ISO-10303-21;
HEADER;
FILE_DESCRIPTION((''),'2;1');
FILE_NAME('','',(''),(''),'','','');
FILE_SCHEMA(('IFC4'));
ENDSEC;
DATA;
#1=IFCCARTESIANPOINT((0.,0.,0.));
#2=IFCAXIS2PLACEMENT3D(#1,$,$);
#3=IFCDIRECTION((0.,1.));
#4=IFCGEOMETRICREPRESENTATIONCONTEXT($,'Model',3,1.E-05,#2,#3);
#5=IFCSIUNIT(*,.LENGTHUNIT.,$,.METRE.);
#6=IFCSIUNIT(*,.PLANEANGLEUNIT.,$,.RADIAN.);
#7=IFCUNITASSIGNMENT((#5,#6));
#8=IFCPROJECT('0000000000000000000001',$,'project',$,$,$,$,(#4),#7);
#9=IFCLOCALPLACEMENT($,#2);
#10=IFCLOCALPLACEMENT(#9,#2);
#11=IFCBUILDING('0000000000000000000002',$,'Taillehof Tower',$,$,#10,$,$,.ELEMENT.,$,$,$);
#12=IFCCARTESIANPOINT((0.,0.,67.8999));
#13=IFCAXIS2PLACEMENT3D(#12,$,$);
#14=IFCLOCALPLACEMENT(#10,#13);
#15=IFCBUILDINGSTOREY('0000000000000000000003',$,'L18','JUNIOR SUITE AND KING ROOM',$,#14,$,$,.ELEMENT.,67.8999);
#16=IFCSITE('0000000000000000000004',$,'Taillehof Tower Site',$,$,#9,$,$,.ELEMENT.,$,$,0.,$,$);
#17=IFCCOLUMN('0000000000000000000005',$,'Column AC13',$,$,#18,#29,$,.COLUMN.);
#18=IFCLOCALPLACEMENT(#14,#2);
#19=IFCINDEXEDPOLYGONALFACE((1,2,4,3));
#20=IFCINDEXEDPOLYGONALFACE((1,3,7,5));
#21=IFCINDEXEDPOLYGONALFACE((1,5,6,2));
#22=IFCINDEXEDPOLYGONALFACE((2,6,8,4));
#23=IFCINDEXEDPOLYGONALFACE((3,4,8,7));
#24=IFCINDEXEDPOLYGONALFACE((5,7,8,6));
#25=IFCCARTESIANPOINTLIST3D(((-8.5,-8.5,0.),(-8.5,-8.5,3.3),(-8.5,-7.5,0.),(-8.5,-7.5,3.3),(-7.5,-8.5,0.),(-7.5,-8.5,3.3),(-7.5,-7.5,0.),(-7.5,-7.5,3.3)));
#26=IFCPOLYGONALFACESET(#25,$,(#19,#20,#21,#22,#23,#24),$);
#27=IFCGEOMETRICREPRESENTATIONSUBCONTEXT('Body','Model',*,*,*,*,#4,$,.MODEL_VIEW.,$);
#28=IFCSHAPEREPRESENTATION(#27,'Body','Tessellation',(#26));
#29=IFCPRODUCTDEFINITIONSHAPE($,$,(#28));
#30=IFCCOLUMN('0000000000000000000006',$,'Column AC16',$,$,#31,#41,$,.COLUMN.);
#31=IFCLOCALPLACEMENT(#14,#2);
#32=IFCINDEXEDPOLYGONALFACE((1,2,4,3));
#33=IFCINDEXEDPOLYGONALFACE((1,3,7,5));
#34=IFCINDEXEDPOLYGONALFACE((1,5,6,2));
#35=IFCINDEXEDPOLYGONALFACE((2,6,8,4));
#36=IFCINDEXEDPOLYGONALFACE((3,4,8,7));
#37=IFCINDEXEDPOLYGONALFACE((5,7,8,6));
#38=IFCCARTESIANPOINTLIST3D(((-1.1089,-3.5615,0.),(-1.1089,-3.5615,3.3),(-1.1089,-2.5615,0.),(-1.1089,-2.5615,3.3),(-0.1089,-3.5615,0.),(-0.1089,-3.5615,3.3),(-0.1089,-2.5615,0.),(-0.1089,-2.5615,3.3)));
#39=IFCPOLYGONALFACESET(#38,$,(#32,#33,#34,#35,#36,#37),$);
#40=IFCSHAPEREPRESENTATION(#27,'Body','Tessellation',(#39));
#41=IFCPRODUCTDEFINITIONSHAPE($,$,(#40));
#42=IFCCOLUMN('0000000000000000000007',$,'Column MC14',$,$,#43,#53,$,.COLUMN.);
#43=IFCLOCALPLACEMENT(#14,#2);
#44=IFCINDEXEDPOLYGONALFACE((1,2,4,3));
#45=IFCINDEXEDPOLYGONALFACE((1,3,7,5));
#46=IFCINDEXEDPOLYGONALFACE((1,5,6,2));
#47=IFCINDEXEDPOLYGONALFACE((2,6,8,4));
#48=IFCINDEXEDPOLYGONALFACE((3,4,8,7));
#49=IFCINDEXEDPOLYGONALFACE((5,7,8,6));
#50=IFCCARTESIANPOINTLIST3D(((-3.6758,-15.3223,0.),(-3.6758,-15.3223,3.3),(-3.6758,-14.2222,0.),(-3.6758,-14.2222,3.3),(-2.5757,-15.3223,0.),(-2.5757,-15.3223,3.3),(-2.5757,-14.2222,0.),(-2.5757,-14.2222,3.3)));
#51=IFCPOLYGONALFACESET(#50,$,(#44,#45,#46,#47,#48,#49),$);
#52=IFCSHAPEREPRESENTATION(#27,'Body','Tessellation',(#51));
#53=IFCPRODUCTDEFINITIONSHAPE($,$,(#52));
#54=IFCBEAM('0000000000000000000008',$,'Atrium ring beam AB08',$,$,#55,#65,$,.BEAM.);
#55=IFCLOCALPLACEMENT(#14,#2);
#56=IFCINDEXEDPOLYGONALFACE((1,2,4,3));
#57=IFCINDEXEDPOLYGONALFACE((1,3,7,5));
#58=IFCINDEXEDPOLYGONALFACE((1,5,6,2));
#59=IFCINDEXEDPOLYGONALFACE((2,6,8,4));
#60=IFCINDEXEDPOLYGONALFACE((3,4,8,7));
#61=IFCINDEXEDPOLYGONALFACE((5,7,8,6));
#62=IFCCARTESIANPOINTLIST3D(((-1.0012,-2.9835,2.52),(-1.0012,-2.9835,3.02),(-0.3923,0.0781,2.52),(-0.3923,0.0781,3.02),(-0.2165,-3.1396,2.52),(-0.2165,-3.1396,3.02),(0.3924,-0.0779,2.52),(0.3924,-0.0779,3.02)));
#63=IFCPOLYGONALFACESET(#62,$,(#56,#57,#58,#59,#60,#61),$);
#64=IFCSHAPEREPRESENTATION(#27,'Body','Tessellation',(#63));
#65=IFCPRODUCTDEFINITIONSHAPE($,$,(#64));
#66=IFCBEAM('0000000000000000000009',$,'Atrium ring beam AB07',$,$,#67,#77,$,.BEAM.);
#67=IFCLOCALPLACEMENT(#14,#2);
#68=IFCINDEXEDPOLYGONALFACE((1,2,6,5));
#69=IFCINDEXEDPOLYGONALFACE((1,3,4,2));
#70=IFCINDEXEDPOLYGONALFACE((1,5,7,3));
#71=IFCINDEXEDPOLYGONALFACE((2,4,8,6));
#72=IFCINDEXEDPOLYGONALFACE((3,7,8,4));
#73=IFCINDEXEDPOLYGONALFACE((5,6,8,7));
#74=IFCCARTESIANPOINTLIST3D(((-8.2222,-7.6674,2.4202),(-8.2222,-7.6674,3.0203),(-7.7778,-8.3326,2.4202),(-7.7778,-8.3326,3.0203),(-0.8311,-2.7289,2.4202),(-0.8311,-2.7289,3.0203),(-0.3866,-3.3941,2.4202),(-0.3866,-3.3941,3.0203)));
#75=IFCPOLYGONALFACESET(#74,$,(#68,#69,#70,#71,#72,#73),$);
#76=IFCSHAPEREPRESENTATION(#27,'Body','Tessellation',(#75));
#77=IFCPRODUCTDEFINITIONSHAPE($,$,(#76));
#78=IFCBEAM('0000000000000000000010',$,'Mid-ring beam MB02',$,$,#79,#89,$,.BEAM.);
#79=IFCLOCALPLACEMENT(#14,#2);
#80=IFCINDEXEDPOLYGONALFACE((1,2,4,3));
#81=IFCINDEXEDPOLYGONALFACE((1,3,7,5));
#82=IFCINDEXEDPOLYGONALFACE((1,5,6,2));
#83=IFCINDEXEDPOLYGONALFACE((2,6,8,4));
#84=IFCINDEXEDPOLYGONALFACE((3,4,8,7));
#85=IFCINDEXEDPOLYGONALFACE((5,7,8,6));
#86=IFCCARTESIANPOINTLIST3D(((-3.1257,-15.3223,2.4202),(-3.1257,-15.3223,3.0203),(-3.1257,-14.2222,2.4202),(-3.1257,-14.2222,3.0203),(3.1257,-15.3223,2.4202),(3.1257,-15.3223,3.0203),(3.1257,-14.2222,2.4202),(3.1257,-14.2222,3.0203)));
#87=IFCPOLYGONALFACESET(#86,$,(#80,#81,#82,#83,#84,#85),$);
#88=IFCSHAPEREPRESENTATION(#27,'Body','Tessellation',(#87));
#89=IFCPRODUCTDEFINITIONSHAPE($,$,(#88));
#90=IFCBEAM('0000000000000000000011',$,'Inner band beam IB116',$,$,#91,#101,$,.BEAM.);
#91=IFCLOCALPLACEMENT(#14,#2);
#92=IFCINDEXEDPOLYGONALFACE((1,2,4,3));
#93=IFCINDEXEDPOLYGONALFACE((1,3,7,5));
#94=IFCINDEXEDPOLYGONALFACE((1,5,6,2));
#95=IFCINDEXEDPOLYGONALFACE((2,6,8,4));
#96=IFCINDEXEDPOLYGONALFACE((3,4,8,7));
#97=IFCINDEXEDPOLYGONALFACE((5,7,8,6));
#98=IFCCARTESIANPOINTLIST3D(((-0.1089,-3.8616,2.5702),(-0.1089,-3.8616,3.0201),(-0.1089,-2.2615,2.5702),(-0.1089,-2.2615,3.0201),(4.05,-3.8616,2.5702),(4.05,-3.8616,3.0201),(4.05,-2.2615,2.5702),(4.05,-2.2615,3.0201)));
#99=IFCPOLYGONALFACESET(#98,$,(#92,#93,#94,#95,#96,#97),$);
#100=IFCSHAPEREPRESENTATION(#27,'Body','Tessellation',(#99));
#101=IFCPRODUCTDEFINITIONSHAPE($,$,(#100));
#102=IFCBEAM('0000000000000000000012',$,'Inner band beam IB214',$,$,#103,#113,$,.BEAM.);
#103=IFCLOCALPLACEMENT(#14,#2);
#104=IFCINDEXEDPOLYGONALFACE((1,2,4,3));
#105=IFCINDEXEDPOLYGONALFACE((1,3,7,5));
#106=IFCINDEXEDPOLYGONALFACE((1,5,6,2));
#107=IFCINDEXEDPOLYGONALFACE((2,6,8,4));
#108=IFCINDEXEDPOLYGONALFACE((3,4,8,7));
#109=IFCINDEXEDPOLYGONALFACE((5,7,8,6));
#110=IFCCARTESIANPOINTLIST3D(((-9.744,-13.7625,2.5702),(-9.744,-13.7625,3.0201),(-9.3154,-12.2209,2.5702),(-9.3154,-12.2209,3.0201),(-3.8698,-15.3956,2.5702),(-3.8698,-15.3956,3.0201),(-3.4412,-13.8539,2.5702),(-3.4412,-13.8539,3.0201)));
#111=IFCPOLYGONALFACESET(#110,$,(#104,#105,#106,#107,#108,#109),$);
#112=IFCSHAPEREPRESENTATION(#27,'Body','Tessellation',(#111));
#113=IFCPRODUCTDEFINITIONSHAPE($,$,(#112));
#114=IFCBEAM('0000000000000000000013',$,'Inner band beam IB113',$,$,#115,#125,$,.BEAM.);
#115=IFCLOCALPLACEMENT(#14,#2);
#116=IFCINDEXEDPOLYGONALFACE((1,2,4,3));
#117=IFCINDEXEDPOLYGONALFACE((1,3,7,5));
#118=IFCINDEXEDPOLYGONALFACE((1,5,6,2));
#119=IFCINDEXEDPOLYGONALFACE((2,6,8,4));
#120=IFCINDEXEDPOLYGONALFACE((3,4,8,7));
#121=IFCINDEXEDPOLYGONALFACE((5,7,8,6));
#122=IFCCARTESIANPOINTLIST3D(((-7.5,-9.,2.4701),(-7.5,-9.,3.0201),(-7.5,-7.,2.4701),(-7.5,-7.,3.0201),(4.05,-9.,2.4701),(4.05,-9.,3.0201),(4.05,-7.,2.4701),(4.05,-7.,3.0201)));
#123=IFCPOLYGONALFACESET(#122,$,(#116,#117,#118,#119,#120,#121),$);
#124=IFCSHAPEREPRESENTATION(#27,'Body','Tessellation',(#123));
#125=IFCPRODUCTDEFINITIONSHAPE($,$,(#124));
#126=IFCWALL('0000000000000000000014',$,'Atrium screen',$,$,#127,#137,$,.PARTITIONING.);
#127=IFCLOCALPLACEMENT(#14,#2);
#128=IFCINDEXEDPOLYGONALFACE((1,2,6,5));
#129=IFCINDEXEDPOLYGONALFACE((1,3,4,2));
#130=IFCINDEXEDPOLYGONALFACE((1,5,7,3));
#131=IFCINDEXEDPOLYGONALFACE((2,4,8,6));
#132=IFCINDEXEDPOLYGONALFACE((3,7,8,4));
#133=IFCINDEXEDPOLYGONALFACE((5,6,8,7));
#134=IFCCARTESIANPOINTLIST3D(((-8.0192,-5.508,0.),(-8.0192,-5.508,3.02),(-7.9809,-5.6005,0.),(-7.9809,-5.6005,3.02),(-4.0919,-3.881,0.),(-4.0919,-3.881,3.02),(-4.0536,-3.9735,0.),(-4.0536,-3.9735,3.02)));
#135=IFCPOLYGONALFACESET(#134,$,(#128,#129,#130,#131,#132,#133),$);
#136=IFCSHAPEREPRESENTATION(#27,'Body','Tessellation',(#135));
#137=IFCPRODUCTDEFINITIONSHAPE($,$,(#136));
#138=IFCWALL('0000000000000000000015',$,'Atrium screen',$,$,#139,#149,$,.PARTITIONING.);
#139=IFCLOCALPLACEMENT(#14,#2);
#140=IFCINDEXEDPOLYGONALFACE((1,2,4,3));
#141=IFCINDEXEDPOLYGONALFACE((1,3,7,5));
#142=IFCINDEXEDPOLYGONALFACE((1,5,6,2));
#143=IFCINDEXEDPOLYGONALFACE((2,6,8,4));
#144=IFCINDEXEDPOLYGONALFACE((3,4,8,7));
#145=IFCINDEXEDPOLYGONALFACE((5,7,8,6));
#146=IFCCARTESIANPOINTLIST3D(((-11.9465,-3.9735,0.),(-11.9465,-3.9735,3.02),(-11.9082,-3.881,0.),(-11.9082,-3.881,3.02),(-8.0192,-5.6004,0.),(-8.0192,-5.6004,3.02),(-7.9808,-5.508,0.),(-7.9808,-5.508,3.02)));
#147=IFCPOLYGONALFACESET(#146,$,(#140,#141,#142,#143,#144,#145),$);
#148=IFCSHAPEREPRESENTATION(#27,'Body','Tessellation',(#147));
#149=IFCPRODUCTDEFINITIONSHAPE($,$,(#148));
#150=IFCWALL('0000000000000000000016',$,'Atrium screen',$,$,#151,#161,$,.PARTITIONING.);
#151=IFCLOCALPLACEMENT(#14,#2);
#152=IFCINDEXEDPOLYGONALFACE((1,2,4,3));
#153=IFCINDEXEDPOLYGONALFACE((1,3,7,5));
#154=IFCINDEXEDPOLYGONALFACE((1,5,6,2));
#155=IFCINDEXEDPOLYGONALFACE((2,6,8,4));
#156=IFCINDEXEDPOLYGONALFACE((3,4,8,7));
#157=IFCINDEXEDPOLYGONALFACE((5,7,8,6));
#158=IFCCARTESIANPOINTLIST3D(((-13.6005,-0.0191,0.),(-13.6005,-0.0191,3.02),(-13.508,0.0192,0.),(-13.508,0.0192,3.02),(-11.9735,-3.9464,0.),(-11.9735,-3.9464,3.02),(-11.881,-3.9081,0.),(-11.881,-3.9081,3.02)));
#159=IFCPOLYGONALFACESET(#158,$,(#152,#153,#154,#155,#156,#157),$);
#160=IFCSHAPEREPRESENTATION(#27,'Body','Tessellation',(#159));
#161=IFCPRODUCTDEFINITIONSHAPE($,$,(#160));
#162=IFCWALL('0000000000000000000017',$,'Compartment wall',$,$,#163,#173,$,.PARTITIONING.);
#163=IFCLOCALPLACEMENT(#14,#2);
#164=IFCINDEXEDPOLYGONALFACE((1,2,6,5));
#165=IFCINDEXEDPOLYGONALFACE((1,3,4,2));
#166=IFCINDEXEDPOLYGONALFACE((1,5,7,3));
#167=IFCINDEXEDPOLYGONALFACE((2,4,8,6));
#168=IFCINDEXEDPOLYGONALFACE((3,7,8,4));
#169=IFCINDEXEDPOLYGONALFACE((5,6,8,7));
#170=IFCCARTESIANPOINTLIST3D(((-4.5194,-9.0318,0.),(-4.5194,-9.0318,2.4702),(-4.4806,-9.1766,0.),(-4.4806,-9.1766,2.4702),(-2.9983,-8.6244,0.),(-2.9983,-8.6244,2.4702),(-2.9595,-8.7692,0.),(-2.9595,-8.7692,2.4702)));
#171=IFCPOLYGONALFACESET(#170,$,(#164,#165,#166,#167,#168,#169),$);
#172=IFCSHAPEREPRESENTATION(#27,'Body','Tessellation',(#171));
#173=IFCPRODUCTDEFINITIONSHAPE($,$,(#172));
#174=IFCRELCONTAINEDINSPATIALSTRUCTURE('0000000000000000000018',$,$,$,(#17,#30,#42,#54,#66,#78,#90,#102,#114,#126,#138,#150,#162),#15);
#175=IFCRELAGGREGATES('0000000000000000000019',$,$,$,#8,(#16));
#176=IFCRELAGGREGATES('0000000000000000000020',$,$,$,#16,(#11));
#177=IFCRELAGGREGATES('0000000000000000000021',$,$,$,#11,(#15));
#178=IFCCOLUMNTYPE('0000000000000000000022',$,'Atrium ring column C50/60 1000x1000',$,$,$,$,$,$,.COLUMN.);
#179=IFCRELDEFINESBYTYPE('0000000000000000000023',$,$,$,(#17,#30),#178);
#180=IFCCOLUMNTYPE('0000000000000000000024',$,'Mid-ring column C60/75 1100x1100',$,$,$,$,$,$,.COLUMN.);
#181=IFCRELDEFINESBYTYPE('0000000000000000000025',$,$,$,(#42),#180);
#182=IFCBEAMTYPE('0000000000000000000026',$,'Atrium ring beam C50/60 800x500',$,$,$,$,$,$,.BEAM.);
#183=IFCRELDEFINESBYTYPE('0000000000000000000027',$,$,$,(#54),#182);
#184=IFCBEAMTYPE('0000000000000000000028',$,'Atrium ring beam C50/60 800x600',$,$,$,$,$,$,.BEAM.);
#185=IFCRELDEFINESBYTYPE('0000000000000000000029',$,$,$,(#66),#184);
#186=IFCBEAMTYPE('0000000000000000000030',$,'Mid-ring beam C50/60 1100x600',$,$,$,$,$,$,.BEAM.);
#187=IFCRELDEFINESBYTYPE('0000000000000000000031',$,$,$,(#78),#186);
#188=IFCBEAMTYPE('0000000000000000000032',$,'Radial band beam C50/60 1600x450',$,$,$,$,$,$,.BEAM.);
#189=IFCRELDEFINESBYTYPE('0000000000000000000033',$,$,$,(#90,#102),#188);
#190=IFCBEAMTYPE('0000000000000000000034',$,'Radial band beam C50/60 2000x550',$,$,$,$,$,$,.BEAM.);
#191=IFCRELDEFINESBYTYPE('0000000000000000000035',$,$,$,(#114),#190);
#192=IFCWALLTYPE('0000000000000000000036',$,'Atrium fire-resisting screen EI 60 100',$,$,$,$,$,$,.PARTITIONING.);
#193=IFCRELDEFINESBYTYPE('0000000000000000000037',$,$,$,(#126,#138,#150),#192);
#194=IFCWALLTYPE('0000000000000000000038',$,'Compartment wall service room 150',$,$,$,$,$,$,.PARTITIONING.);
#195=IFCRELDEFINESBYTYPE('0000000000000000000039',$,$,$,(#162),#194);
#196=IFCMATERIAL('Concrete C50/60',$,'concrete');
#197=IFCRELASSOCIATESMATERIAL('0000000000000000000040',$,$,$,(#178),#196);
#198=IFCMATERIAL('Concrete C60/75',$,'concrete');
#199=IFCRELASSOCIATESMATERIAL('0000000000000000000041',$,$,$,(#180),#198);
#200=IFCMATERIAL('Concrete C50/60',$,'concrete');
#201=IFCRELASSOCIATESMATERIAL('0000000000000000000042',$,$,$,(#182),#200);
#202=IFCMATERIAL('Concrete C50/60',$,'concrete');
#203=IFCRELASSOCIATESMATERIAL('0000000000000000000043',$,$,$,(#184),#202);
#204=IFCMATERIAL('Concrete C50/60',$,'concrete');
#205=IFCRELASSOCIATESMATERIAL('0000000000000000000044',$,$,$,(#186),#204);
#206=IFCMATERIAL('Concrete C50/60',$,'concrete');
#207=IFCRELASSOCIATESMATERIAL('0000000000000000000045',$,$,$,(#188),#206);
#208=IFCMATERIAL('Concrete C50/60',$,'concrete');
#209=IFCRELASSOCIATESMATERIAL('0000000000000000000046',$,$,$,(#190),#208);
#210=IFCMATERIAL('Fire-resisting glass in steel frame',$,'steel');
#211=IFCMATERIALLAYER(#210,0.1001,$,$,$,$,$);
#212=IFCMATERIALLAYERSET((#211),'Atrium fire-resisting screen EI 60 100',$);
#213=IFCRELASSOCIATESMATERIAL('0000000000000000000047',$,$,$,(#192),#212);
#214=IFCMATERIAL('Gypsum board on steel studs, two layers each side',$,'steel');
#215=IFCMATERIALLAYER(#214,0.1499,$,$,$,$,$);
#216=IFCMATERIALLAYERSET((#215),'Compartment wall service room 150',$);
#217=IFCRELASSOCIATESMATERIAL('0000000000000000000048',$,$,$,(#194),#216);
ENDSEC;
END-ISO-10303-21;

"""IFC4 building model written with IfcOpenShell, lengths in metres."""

from ifc_helpers import new_model, si_unit, direction, frame, frame_2d, origin, origin_2d, place, context, subcontext, project, spatial, rectangle, extrude, material, layer, layer_set, material_profile, profile_set, type_object, element, save


model = new_model("IFC4")

# Units and contexts
model_context = context("Model", 3, precision=1e-05, world=origin(), true_north=direction((0.0, 1.0)))
body_context = subcontext(model_context, "Body", "Model", "MODEL_VIEW")
ifc_project = project(units=[si_unit("LENGTHUNIT", "METRE"), si_unit("PLANEANGLEUNIT", "RADIAN")], contexts=[model_context])

# Site, building, storey
site_placement = place(None, origin())
site = spatial("IfcSite", under=ifc_project, at=site_placement, Name="Taillehof Tower Site", CompositionType="ELEMENT", RefElevation=0.0)
building_placement = place(site_placement, origin())
building = spatial("IfcBuilding", under=site, at=building_placement, Name="Taillehof Tower", CompositionType="ELEMENT")
storey_placement = place(building_placement, frame((0.0, 0.0, 67.8999)))
storey = spatial("IfcBuildingStorey", under=building, at=storey_placement, Name="L18", Description="JUNIOR SUITE AND KING ROOM", CompositionType="ELEMENT", Elevation=67.8999)

# Columns
ifc_material_1 = material(Name="Concrete C50/60", Category="concrete")
ifc_material_profile_1 = material_profile(ifc_material_1, rectangle(XDim=1.0, YDim=1.0, at=origin_2d()), Name="RC 1000x1000")
ifc_profile_set_1 = profile_set([ifc_material_profile_1], Name="Concrete C50/60")
column_type_1 = type_object("IfcColumnType", Name="Atrium ring column C50/60 1000x1000", PredefinedType="COLUMN", material=ifc_profile_set_1)
for number, where, z_axis, x_axis, name in (
    (1, (-8.0, -8.0, 0.0), (0.0, 0.0, 1.0), (1.0, 0.0, 0.0), "Column AC13"),
    (2, (-0.6089, -3.0615, 0.0), (0.0, 0.0, 1.0), (1.0, 0.0, 0.0), "Column AC16"),
):
    element("IfcColumn", number, at=place(storey_placement, frame(where, z_axis=z_axis, x_axis=x_axis)), inside=storey, type_object=column_type_1, Name=name, PredefinedType="COLUMN", context=body_context, shape_type="SweptSolid", body=[
        extrude(rectangle(XDim=1.0, YDim=1.0, at=origin_2d()), origin(), (0.0, 0.0, 1.0), 3.3),
    ])
ifc_material_2 = material(Name="Concrete C60/75", Category="concrete")
ifc_material_profile_2 = material_profile(ifc_material_2, rectangle(XDim=1.1001, YDim=1.1001, at=origin_2d()), Name="RC 1100x1100")
ifc_profile_set_2 = profile_set([ifc_material_profile_2], Name="Concrete C60/75")
column_type_2 = type_object("IfcColumnType", Name="Mid-ring column C60/75 1100x1100", PredefinedType="COLUMN", material=ifc_profile_set_2)
column_placement = place(storey_placement, frame((-3.1257, -14.7722, 0.0), z_axis=(0.0, 0.0, 1.0), x_axis=(1.0, 0.0, 0.0)))
element("IfcColumn", 3, at=column_placement, inside=storey, type_object=column_type_2, Name="Column MC14", PredefinedType="COLUMN", context=body_context, shape_type="SweptSolid", body=[
    extrude(rectangle(XDim=1.1001, YDim=1.1001, at=origin_2d()), origin(), (0.0, 0.0, 1.0), 3.3),
])

# Beams
ifc_material_3 = material(Name="Concrete C50/60", Category="concrete")
ifc_material_profile_3 = material_profile(ifc_material_3, rectangle(XDim=0.8, YDim=0.5, at=origin_2d()), Name="RC 800x500")
ifc_profile_set_3 = profile_set([ifc_material_profile_3], Name="Concrete C50/60")
beam_type_1 = type_object("IfcBeamType", Name="Atrium ring beam C50/60 800x500", PredefinedType="BEAM", material=ifc_profile_set_3)
beam_1_placement = place(storey_placement, frame((-0.6089, -3.0615, 2.77), z_axis=(0.195063, 0.980791, 0.0), x_axis=(-0.980791, 0.195063, 0.0)))
element("IfcBeam", 4, at=beam_1_placement, inside=storey, type_object=beam_type_1, Name="Atrium ring beam AB08", PredefinedType="BEAM", context=body_context, shape_type="SweptSolid", body=[
    extrude(rectangle(XDim=0.8, YDim=0.5, at=origin_2d()), origin(), (0.0, 0.0, 1.0), 3.1216),
])
ifc_material_4 = material(Name="Concrete C50/60", Category="concrete")
ifc_material_profile_4 = material_profile(ifc_material_4, rectangle(XDim=0.8, YDim=0.6001, at=origin_2d()), Name="RC 800x600")
ifc_profile_set_4 = profile_set([ifc_material_profile_4], Name="Concrete C50/60")
beam_type_2 = type_object("IfcBeamType", Name="Atrium ring beam C50/60 800x600", PredefinedType="BEAM", material=ifc_profile_set_4)
beam_2_placement = place(storey_placement, frame((-8.0, -8.0, 2.7202), z_axis=(0.831475, 0.555562, 0.0), x_axis=(-0.555562, 0.831475, 0.0)))
element("IfcBeam", 5, at=beam_2_placement, inside=storey, type_object=beam_type_2, Name="Atrium ring beam AB07", PredefinedType="BEAM", context=body_context, shape_type="SweptSolid", body=[
    extrude(rectangle(XDim=0.8, YDim=0.6001, at=origin_2d()), origin(), (0.0, 0.0, 1.0), 8.8892),
])
ifc_material_5 = material(Name="Concrete C50/60", Category="concrete")
ifc_material_profile_5 = material_profile(ifc_material_5, rectangle(XDim=1.1001, YDim=0.6001, at=origin_2d()), Name="RC 1100x600")
ifc_profile_set_5 = profile_set([ifc_material_profile_5], Name="Concrete C50/60")
beam_type_3 = type_object("IfcBeamType", Name="Mid-ring beam C50/60 1100x600", PredefinedType="BEAM", material=ifc_profile_set_5)
beam_3_placement = place(storey_placement, frame((-3.1257, -14.7722, 2.7202), z_axis=(1.0, 0.0, 0.0), x_axis=(0.0, 1.0, 0.0)))
element("IfcBeam", 6, at=beam_3_placement, inside=storey, type_object=beam_type_3, Name="Mid-ring beam MB02", PredefinedType="BEAM", context=body_context, shape_type="SweptSolid", body=[
    extrude(rectangle(XDim=1.1001, YDim=0.6001, at=origin_2d()), origin(), (0.0, 0.0, 1.0), 6.2515),
])
ifc_material_6 = material(Name="Concrete C50/60", Category="concrete")
ifc_material_profile_6 = material_profile(ifc_material_6, rectangle(XDim=1.6001, YDim=0.45, at=origin_2d()), Name="RC 1600x450")
ifc_profile_set_6 = profile_set([ifc_material_profile_6], Name="Concrete C50/60")
beam_type_4 = type_object("IfcBeamType", Name="Radial band beam C50/60 1600x450", PredefinedType="BEAM", material=ifc_profile_set_6)
beam_4_placement = place(storey_placement, frame((-0.1089, -3.0615, 2.7952), z_axis=(1.0, 0.0, 0.0), x_axis=(0.0, 1.0, 0.0)))
element("IfcBeam", 7, at=beam_4_placement, inside=storey, type_object=beam_type_4, Name="Inner band beam IB116", PredefinedType="BEAM", context=body_context, shape_type="SweptSolid", body=[
    extrude(rectangle(XDim=1.6001, YDim=0.45, at=origin_2d()), origin(), (0.0, 0.0, 1.0), 4.1589),
])
beam_5_placement = place(storey_placement, frame((-3.6555, -14.6248, 2.7952), z_axis=(-0.963459, 0.267855, 0.0), x_axis=(-0.267855, -0.963459, 0.0)))
element("IfcBeam", 8, at=beam_5_placement, inside=storey, type_object=beam_type_4, Name="Inner band beam IB214", PredefinedType="BEAM", context=body_context, shape_type="SweptSolid", body=[
    extrude(rectangle(XDim=1.6001, YDim=0.45, at=origin_2d()), origin(), (0.0, 0.0, 1.0), 6.0969),
])
ifc_material_7 = material(Name="Concrete C50/60", Category="concrete")
ifc_material_profile_7 = material_profile(ifc_material_7, rectangle(XDim=2.0, YDim=0.55, at=origin_2d()), Name="RC 2000x550")
ifc_profile_set_7 = profile_set([ifc_material_profile_7], Name="Concrete C50/60")
beam_type_5 = type_object("IfcBeamType", Name="Radial band beam C50/60 2000x550", PredefinedType="BEAM", material=ifc_profile_set_7)
beam_6_placement = place(storey_placement, frame((-7.5, -8.0, 2.7451), z_axis=(1.0, 0.0, 0.0), x_axis=(0.0, 1.0, 0.0)))
element("IfcBeam", 9, at=beam_6_placement, inside=storey, type_object=beam_type_5, Name="Inner band beam IB113", PredefinedType="BEAM", context=body_context, shape_type="SweptSolid", body=[
    extrude(rectangle(XDim=2.0, YDim=0.55, at=origin_2d()), origin(), (0.0, 0.0, 1.0), 11.55),
])

# Walls
ifc_material_8 = material(Name="Fire-resisting glass in steel frame", Category="steel")
ifc_layer_1 = layer(ifc_material_8, 0.1001)
ifc_layer_set_1 = layer_set([ifc_layer_1], Name="Atrium fire-resisting screen EI 60 100")
wall_type_1 = type_object("IfcWallType", Name="Atrium fire-resisting screen EI 60 100", PredefinedType="PARTITIONING", material=ifc_layer_set_1)
for number, where, z_axis, x_axis, name in (
    (10, (-4.0728, -3.9272, 0.0), (0.0, 0.0, 1.0), (-0.92386, -0.382731, 0.0), "Atrium screen"),
    (11, (-8.0, -5.5542, 0.0), (0.0, 0.0, 1.0), (-0.92386, 0.382731, 0.0), "Atrium screen"),
    (12, (-11.9272, -3.9272, 0.0), (0.0, 0.0, 1.0), (-0.382731, 0.92386, 0.0), "Atrium screen"),
):
    element("IfcWall", number, at=place(storey_placement, frame(where, z_axis=z_axis, x_axis=x_axis)), inside=storey, type_object=wall_type_1, Name=name, PredefinedType="PARTITIONING", context=body_context, shape_type="SweptSolid", body=[
        extrude(rectangle(XDim=4.251, YDim=0.1001, at=frame_2d((2.1255, 0.0))), origin(), (0.0, 0.0, 1.0), 3.02),
    ])
ifc_material_9 = material(Name="Gypsum board on steel studs, two layers each side", Category="steel")
ifc_layer_2 = layer(ifc_material_9, 0.1499)
ifc_layer_set_2 = layer_set([ifc_layer_2], Name="Compartment wall service room 150")
wall_type_2 = type_object("IfcWallType", Name="Compartment wall service room 150", PredefinedType="PARTITIONING", material=ifc_layer_set_2)
wall_1_placement = place(storey_placement, frame((-4.5, -9.1042, 0.0), z_axis=(0.0, 0.0, 1.0), x_axis=(0.965938, 0.258772, 0.0)))
element("IfcWall", 13, at=wall_1_placement, inside=storey, type_object=wall_type_2, Name="Compartment wall", PredefinedType="PARTITIONING", context=body_context, shape_type="SweptSolid", body=[
    extrude(rectangle(XDim=1.5747, YDim=0.1499, at=frame_2d((0.7874, 0.0))), origin(), (0.0, 0.0, 1.0), 2.4702),
])

save(model, "model.ifc")
